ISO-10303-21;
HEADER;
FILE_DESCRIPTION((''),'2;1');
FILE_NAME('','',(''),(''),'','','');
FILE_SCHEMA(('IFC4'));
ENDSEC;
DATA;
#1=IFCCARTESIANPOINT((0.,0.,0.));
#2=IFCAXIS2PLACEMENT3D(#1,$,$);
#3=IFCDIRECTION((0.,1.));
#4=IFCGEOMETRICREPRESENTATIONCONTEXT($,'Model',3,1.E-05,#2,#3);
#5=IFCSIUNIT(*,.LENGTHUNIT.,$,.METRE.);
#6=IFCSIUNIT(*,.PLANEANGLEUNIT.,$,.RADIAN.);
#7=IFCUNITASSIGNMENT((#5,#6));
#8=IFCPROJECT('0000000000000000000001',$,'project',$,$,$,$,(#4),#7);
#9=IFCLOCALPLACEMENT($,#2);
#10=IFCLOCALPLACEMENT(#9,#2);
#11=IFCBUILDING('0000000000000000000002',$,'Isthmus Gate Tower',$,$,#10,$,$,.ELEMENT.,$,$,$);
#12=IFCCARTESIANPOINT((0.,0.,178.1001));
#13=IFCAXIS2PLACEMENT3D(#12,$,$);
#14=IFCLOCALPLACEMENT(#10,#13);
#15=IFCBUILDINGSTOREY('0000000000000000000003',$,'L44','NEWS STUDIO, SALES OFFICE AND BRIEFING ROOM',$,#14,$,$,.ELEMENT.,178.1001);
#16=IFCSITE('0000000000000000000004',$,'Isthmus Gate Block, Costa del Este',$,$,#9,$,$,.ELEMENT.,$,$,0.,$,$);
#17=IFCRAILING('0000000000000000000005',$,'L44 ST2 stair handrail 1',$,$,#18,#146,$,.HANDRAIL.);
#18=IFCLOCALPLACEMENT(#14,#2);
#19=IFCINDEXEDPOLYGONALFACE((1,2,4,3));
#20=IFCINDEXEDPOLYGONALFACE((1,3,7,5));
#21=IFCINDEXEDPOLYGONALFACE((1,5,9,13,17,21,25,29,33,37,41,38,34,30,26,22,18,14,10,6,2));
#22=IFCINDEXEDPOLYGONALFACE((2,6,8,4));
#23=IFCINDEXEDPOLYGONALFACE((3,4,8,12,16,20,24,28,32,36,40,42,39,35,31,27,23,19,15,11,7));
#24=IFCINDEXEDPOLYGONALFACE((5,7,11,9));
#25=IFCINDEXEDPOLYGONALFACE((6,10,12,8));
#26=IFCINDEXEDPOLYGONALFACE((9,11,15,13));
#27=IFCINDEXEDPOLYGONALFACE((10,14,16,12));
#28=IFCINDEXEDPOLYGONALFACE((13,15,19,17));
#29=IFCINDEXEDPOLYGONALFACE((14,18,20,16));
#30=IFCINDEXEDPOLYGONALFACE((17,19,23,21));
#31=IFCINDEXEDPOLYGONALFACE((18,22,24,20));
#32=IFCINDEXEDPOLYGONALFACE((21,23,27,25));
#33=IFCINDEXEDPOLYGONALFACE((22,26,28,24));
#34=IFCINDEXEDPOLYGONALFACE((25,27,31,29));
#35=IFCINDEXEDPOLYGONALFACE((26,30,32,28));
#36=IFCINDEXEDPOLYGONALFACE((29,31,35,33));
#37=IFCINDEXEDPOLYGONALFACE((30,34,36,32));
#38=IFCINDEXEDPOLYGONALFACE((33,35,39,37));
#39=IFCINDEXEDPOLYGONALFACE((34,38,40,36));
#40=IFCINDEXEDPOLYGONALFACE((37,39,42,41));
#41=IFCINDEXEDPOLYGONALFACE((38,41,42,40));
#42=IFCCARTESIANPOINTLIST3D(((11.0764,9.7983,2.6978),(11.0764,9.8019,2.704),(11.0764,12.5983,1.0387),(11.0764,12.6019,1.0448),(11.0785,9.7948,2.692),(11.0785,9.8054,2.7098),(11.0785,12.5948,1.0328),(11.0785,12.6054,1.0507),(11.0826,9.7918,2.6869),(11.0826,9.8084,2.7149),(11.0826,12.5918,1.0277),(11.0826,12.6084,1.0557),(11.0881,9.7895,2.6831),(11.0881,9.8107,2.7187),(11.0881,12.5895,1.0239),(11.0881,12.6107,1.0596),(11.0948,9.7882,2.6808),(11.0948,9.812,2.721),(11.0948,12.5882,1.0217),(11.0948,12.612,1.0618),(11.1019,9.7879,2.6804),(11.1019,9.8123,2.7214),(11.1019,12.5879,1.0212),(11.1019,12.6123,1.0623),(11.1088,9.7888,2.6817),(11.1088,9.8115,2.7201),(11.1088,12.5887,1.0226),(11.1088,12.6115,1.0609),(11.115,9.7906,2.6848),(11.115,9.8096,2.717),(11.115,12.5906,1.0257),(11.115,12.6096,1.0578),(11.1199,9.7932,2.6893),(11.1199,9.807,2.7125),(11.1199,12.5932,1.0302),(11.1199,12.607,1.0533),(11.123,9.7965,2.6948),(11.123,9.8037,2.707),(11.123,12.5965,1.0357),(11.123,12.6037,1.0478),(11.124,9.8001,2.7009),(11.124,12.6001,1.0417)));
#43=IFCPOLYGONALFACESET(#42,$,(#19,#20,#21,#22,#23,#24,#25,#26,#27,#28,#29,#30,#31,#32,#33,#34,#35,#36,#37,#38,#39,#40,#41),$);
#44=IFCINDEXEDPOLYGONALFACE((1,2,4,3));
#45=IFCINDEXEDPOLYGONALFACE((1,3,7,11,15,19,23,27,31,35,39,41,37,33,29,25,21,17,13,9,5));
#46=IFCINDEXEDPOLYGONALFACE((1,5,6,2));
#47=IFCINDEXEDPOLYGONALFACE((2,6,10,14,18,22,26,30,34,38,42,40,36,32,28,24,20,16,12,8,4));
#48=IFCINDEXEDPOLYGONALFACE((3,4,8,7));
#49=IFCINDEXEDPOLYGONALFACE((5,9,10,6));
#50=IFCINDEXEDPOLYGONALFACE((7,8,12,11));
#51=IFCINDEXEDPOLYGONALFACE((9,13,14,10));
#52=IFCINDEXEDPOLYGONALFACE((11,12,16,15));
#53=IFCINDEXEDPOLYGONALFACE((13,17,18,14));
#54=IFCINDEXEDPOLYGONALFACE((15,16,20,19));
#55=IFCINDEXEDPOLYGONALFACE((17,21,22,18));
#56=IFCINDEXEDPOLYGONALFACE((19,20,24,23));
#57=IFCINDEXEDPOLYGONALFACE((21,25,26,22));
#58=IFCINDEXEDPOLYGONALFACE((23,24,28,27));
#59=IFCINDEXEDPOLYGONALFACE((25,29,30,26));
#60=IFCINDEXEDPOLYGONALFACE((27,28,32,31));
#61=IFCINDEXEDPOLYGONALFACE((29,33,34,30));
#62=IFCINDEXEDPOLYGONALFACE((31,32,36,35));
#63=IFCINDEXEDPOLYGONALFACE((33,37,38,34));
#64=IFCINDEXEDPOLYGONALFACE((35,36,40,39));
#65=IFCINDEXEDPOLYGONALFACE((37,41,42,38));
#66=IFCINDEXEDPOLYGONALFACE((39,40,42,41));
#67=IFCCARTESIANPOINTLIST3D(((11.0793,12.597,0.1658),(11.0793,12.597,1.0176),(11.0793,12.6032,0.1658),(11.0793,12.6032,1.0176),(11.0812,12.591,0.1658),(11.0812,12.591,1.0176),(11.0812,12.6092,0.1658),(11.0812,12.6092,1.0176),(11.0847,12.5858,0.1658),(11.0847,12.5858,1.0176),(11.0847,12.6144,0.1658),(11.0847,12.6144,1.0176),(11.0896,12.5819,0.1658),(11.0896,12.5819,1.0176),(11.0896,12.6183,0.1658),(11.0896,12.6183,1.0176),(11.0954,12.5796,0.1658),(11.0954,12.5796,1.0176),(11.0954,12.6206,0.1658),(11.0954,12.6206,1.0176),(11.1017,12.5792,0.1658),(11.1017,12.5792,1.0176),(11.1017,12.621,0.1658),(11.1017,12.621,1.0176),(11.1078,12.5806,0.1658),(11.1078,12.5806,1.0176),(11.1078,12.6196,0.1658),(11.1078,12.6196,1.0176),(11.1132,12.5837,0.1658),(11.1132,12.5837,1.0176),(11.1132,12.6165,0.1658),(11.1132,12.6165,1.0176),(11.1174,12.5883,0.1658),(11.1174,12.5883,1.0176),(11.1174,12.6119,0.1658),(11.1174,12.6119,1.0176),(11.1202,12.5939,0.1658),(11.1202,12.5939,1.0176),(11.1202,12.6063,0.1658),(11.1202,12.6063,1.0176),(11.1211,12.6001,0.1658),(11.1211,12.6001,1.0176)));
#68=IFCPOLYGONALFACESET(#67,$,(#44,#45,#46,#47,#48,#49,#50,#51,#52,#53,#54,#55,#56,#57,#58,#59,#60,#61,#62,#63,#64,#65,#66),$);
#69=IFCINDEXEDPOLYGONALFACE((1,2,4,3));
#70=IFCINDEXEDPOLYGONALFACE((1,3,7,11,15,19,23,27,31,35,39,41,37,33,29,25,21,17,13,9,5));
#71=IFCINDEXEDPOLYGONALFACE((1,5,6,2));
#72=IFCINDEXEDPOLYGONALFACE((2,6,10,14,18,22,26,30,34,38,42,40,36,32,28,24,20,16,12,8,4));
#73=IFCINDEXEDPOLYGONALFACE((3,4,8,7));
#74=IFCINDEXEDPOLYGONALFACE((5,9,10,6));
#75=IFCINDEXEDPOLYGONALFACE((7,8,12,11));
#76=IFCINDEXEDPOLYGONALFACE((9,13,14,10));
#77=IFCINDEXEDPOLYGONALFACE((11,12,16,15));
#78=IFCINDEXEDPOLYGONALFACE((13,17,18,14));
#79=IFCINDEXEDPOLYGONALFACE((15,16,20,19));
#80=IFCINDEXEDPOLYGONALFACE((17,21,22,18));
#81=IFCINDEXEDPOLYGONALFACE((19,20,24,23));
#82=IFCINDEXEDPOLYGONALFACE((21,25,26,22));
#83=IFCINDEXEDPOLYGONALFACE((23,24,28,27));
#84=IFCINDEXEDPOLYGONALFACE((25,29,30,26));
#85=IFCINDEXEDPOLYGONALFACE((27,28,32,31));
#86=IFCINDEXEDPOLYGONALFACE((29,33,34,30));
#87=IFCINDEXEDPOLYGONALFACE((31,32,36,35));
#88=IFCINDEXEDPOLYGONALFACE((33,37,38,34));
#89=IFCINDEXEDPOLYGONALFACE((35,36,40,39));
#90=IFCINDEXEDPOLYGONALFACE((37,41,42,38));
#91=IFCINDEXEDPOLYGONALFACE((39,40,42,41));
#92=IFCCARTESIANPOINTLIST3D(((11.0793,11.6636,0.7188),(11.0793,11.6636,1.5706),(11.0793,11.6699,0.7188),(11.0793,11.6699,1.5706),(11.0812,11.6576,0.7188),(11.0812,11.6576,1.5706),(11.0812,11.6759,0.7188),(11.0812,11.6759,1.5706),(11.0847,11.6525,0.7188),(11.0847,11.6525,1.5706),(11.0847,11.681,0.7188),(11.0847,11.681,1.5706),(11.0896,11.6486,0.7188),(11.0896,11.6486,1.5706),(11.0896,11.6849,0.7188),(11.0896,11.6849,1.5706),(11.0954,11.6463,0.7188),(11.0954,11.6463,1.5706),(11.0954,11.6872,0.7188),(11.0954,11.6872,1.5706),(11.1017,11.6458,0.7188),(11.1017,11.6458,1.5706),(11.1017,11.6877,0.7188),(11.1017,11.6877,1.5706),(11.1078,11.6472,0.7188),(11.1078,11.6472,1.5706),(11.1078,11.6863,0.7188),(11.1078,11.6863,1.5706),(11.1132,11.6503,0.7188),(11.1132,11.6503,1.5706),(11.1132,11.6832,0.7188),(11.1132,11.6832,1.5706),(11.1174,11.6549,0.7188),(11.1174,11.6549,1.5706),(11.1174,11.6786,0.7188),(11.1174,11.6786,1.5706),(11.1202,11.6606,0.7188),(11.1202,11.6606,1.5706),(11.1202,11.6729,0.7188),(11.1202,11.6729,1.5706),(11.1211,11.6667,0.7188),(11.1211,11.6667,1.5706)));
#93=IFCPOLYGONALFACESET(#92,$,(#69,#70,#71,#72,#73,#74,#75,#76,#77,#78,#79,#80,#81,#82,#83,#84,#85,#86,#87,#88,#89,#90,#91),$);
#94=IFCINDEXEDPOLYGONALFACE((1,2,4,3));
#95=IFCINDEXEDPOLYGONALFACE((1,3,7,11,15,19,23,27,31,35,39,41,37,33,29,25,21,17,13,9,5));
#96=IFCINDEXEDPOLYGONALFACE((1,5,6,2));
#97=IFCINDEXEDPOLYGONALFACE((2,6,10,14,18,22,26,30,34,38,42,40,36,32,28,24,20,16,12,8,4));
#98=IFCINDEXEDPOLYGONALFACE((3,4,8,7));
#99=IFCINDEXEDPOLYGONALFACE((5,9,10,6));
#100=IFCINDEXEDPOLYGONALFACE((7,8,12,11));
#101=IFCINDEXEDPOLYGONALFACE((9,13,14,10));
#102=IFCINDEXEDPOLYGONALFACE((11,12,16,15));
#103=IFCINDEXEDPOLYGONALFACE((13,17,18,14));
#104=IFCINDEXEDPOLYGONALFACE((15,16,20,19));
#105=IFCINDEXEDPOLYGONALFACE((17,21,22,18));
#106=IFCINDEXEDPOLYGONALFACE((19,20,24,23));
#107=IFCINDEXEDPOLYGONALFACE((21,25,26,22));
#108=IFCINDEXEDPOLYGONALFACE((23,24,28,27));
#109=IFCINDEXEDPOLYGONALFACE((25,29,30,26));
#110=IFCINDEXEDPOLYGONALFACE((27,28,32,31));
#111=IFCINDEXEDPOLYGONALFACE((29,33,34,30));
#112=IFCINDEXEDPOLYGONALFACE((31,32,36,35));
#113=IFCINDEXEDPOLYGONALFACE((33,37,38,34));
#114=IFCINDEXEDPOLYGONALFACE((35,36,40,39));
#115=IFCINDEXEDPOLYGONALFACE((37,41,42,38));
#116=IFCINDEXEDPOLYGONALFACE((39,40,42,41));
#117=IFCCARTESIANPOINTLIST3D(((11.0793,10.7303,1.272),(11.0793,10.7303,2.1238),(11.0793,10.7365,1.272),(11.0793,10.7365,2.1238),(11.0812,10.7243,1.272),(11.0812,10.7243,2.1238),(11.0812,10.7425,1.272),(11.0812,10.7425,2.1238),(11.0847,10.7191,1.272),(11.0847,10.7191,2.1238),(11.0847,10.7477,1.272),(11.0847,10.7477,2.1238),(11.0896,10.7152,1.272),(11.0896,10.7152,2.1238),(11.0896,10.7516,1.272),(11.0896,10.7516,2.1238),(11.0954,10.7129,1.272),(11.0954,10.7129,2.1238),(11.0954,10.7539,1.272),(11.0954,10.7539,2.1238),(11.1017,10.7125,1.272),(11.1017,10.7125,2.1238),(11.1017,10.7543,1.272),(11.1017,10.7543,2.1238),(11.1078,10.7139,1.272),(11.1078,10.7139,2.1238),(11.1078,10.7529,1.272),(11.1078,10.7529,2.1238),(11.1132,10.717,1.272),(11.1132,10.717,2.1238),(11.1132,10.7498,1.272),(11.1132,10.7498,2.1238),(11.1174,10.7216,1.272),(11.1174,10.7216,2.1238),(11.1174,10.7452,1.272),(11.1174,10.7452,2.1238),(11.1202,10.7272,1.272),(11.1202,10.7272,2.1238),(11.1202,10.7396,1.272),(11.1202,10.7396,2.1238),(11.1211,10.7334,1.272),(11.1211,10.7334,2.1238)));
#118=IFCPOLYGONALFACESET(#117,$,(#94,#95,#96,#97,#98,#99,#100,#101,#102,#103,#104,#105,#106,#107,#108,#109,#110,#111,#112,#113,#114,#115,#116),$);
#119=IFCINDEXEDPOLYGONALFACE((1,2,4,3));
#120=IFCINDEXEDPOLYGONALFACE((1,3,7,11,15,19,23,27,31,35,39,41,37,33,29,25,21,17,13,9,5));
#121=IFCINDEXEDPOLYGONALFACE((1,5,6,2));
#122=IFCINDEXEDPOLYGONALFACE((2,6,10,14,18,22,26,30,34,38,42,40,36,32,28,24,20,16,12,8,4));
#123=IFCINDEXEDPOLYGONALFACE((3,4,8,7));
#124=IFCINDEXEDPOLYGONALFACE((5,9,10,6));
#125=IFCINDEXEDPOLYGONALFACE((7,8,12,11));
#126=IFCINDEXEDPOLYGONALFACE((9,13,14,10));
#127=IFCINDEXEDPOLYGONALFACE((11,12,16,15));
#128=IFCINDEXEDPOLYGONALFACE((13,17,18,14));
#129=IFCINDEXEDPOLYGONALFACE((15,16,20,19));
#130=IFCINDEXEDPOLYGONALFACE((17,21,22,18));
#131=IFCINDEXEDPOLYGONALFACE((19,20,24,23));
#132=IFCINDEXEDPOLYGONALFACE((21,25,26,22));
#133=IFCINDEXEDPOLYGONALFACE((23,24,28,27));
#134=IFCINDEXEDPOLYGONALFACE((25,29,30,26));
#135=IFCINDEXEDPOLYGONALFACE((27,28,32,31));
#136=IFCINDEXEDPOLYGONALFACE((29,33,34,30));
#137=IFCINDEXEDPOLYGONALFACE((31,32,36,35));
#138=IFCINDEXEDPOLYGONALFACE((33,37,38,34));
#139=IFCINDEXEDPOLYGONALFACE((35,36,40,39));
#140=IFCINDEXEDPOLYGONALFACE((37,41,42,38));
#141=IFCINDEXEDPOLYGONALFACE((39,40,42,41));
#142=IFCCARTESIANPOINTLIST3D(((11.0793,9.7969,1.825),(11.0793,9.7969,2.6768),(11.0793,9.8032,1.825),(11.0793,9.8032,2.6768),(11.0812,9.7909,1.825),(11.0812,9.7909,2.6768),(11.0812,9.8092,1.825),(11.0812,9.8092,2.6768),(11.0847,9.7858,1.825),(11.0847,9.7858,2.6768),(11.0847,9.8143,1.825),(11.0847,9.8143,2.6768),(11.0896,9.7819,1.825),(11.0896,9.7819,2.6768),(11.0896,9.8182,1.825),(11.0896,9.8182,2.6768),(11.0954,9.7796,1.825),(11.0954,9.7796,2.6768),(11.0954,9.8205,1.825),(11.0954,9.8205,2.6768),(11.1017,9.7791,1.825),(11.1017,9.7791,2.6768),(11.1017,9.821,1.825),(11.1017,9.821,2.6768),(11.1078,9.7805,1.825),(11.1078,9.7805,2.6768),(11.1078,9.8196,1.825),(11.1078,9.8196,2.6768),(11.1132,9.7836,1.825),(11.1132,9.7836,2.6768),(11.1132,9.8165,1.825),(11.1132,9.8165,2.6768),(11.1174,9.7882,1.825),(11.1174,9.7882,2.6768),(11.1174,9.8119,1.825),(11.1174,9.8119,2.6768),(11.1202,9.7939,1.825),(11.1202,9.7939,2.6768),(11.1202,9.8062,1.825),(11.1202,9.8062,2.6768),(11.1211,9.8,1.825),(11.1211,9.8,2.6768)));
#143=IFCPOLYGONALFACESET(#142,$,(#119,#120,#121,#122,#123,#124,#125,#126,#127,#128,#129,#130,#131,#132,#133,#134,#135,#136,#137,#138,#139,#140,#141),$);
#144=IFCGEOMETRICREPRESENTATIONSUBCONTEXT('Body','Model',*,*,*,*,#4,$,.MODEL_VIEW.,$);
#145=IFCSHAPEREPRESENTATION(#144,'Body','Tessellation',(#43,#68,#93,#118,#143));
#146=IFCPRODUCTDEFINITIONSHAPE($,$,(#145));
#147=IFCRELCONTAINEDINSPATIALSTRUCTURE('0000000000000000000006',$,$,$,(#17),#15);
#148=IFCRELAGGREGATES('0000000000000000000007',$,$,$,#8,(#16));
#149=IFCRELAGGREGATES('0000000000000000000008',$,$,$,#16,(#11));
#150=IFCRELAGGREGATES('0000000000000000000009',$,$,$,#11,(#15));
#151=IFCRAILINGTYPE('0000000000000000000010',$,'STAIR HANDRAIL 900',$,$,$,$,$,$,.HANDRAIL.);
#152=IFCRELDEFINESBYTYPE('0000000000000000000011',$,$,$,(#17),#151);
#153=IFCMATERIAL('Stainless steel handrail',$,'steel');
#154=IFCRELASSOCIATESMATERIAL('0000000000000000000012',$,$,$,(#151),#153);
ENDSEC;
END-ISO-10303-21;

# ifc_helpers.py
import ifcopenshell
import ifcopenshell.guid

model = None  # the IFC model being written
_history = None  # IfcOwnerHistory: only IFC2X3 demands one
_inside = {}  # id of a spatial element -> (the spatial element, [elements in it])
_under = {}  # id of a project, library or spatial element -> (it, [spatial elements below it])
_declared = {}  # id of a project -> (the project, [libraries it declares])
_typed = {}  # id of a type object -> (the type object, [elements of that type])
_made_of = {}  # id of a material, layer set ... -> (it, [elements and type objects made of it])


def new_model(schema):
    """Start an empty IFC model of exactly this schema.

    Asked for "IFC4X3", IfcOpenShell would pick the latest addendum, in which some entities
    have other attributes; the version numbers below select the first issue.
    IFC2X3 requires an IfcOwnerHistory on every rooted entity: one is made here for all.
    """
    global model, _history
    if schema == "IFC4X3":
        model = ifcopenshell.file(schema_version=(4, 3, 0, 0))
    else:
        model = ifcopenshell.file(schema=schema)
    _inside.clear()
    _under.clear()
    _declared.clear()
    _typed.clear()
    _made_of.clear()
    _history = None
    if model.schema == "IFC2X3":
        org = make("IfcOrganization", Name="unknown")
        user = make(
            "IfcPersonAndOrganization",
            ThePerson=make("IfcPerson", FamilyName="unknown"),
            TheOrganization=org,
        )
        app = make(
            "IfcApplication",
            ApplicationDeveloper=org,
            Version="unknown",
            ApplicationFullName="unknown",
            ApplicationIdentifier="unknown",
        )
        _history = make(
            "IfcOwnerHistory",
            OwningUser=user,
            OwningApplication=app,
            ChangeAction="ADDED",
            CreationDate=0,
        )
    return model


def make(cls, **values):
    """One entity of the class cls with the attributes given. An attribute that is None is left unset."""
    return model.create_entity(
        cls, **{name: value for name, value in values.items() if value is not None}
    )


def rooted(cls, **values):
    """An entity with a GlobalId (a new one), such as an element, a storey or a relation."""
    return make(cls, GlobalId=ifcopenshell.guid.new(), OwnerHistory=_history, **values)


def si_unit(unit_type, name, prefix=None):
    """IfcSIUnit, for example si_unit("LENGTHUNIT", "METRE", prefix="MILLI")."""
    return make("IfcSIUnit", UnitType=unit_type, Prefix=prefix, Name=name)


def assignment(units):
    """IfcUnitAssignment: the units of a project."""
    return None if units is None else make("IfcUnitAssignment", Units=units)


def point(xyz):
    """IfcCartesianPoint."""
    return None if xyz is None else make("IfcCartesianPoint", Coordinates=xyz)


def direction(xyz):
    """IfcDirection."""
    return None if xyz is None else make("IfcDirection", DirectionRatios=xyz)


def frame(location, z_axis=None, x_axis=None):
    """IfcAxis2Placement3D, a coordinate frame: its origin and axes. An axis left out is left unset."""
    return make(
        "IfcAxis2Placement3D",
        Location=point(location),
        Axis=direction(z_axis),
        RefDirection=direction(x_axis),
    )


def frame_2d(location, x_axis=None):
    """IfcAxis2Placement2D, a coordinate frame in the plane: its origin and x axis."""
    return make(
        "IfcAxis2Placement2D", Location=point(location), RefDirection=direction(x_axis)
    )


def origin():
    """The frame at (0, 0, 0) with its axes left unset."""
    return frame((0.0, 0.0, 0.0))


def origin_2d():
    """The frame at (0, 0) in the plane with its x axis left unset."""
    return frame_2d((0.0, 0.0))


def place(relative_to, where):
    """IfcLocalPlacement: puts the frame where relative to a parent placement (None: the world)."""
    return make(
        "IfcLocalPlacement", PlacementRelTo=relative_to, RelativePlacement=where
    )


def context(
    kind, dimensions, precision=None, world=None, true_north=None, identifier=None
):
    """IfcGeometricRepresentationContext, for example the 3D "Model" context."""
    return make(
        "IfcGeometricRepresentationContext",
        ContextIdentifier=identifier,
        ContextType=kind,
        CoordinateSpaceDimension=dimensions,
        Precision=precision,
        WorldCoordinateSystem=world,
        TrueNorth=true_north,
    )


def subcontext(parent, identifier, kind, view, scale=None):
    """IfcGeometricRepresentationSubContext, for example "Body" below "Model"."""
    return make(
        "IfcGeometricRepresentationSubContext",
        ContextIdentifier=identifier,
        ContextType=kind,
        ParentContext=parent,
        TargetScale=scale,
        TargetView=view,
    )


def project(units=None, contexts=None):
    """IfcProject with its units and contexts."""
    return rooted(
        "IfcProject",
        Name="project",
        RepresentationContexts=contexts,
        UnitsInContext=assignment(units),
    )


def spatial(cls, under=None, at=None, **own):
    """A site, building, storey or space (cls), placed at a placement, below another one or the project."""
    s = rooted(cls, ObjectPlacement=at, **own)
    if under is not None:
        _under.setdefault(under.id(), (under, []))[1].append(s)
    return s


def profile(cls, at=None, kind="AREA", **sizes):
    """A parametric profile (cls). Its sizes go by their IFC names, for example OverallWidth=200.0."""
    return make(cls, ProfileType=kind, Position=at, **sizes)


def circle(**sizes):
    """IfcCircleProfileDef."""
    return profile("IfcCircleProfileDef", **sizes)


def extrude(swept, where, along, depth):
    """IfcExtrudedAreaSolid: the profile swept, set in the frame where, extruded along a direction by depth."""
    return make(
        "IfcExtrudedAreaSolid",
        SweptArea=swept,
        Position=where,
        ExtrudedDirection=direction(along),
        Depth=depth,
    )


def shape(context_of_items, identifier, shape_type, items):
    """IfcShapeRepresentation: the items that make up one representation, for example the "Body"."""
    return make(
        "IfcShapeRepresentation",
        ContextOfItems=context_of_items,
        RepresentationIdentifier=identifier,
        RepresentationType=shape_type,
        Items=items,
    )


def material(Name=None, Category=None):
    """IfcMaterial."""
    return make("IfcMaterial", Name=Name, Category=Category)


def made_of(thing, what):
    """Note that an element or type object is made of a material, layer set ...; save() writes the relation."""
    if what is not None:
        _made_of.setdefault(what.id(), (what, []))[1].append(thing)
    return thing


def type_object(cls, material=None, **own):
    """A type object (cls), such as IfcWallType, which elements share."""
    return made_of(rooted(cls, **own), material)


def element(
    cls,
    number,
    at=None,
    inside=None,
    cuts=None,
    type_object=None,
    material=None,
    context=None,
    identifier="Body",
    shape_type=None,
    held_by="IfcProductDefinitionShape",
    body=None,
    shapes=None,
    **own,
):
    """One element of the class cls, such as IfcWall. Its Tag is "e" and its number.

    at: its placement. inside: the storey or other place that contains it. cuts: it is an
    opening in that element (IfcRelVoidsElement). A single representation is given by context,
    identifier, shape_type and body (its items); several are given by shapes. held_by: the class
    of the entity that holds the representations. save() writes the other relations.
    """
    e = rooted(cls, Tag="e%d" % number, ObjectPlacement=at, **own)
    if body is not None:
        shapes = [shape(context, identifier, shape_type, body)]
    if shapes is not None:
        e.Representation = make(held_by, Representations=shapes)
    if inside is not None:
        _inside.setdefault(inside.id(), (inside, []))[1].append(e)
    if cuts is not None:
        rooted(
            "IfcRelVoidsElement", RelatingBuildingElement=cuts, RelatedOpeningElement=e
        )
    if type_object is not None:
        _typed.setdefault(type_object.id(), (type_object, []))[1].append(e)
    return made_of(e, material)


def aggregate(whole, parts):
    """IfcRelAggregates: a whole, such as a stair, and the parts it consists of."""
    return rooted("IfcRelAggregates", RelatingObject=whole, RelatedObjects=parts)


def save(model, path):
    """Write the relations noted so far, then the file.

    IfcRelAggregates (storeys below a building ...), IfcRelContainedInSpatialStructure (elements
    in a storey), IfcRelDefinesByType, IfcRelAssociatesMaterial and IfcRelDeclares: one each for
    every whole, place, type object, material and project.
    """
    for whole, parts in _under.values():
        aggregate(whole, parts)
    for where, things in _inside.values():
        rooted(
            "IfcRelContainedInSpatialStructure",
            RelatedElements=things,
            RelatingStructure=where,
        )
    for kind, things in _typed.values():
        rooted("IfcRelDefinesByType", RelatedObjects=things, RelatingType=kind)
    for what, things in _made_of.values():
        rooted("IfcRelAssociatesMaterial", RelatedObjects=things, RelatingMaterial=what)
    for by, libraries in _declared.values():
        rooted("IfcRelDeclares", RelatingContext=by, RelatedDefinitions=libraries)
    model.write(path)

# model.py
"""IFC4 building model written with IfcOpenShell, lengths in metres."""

from ifc_helpers import new_model, si_unit, direction, frame, origin, origin_2d, place, context, subcontext, project, spatial, circle, extrude, material, type_object, element, save


model = new_model("IFC4")

# Units and contexts
model_context = context("Model", 3, precision=1e-05, world=origin(), true_north=direction((0.0, 1.0)))
body_context = subcontext(model_context, "Body", "Model", "MODEL_VIEW")
ifc_project = project(units=[si_unit("LENGTHUNIT", "METRE"), si_unit("PLANEANGLEUNIT", "RADIAN")], contexts=[model_context])

# Site, building, storey
site_placement = place(None, origin())
site = spatial("IfcSite", under=ifc_project, at=site_placement, Name="Isthmus Gate Block, Costa del Este", CompositionType="ELEMENT", RefElevation=0.0)
building_placement = place(site_placement, origin())
building = spatial("IfcBuilding", under=site, at=building_placement, Name="Isthmus Gate Tower", CompositionType="ELEMENT")
storey_placement = place(building_placement, frame((0.0, 0.0, 178.1001)))
storey = spatial("IfcBuildingStorey", under=building, at=storey_placement, Name="L44", Description="NEWS STUDIO, SALES OFFICE AND BRIEFING ROOM", CompositionType="ELEMENT", Elevation=178.1001)

# Railing
ifc_material_1 = material(Name="Stainless steel handrail", Category="steel")
railing_type_1 = type_object("IfcRailingType", Name="STAIR HANDRAIL 900", PredefinedType="HANDRAIL", material=ifc_material_1)
for number, where, name in (
    (1, (11.1001, 12.6001, 0.1658), "L44 ST2 stair handrail 1"),
):
    element("IfcRailing", number, at=place(storey_placement, frame(where)), inside=storey, type_object=railing_type_1, Name=name, PredefinedType="HANDRAIL", context=body_context, shape_type="SweptSolid", body=[
        extrude(circle(Radius=0.0239, at=origin_2d()), frame((0.0, 0.0, 0.876), z_axis=(0.0, -0.860306, 0.509778), x_axis=(1.0, 0.0, 0.0)), (0.0, 0.0, 1.0), 3.2546),
        extrude(circle(Radius=0.021, at=origin_2d()), origin(), (0.0, 0.0, 1.0), 0.8518),
        extrude(circle(Radius=0.021, at=origin_2d()), frame((0.0, -0.9333, 0.553)), (0.0, 0.0, 1.0), 0.8518),
        extrude(circle(Radius=0.021, at=origin_2d()), frame((0.0, -1.8667, 1.1062)), (0.0, 0.0, 1.0), 0.8518),
        extrude(circle(Radius=0.021, at=origin_2d()), frame((0.0, -2.8, 1.6592)), (0.0, 0.0, 1.0), 0.8518),
    ])

save(model, "model.ifc")
